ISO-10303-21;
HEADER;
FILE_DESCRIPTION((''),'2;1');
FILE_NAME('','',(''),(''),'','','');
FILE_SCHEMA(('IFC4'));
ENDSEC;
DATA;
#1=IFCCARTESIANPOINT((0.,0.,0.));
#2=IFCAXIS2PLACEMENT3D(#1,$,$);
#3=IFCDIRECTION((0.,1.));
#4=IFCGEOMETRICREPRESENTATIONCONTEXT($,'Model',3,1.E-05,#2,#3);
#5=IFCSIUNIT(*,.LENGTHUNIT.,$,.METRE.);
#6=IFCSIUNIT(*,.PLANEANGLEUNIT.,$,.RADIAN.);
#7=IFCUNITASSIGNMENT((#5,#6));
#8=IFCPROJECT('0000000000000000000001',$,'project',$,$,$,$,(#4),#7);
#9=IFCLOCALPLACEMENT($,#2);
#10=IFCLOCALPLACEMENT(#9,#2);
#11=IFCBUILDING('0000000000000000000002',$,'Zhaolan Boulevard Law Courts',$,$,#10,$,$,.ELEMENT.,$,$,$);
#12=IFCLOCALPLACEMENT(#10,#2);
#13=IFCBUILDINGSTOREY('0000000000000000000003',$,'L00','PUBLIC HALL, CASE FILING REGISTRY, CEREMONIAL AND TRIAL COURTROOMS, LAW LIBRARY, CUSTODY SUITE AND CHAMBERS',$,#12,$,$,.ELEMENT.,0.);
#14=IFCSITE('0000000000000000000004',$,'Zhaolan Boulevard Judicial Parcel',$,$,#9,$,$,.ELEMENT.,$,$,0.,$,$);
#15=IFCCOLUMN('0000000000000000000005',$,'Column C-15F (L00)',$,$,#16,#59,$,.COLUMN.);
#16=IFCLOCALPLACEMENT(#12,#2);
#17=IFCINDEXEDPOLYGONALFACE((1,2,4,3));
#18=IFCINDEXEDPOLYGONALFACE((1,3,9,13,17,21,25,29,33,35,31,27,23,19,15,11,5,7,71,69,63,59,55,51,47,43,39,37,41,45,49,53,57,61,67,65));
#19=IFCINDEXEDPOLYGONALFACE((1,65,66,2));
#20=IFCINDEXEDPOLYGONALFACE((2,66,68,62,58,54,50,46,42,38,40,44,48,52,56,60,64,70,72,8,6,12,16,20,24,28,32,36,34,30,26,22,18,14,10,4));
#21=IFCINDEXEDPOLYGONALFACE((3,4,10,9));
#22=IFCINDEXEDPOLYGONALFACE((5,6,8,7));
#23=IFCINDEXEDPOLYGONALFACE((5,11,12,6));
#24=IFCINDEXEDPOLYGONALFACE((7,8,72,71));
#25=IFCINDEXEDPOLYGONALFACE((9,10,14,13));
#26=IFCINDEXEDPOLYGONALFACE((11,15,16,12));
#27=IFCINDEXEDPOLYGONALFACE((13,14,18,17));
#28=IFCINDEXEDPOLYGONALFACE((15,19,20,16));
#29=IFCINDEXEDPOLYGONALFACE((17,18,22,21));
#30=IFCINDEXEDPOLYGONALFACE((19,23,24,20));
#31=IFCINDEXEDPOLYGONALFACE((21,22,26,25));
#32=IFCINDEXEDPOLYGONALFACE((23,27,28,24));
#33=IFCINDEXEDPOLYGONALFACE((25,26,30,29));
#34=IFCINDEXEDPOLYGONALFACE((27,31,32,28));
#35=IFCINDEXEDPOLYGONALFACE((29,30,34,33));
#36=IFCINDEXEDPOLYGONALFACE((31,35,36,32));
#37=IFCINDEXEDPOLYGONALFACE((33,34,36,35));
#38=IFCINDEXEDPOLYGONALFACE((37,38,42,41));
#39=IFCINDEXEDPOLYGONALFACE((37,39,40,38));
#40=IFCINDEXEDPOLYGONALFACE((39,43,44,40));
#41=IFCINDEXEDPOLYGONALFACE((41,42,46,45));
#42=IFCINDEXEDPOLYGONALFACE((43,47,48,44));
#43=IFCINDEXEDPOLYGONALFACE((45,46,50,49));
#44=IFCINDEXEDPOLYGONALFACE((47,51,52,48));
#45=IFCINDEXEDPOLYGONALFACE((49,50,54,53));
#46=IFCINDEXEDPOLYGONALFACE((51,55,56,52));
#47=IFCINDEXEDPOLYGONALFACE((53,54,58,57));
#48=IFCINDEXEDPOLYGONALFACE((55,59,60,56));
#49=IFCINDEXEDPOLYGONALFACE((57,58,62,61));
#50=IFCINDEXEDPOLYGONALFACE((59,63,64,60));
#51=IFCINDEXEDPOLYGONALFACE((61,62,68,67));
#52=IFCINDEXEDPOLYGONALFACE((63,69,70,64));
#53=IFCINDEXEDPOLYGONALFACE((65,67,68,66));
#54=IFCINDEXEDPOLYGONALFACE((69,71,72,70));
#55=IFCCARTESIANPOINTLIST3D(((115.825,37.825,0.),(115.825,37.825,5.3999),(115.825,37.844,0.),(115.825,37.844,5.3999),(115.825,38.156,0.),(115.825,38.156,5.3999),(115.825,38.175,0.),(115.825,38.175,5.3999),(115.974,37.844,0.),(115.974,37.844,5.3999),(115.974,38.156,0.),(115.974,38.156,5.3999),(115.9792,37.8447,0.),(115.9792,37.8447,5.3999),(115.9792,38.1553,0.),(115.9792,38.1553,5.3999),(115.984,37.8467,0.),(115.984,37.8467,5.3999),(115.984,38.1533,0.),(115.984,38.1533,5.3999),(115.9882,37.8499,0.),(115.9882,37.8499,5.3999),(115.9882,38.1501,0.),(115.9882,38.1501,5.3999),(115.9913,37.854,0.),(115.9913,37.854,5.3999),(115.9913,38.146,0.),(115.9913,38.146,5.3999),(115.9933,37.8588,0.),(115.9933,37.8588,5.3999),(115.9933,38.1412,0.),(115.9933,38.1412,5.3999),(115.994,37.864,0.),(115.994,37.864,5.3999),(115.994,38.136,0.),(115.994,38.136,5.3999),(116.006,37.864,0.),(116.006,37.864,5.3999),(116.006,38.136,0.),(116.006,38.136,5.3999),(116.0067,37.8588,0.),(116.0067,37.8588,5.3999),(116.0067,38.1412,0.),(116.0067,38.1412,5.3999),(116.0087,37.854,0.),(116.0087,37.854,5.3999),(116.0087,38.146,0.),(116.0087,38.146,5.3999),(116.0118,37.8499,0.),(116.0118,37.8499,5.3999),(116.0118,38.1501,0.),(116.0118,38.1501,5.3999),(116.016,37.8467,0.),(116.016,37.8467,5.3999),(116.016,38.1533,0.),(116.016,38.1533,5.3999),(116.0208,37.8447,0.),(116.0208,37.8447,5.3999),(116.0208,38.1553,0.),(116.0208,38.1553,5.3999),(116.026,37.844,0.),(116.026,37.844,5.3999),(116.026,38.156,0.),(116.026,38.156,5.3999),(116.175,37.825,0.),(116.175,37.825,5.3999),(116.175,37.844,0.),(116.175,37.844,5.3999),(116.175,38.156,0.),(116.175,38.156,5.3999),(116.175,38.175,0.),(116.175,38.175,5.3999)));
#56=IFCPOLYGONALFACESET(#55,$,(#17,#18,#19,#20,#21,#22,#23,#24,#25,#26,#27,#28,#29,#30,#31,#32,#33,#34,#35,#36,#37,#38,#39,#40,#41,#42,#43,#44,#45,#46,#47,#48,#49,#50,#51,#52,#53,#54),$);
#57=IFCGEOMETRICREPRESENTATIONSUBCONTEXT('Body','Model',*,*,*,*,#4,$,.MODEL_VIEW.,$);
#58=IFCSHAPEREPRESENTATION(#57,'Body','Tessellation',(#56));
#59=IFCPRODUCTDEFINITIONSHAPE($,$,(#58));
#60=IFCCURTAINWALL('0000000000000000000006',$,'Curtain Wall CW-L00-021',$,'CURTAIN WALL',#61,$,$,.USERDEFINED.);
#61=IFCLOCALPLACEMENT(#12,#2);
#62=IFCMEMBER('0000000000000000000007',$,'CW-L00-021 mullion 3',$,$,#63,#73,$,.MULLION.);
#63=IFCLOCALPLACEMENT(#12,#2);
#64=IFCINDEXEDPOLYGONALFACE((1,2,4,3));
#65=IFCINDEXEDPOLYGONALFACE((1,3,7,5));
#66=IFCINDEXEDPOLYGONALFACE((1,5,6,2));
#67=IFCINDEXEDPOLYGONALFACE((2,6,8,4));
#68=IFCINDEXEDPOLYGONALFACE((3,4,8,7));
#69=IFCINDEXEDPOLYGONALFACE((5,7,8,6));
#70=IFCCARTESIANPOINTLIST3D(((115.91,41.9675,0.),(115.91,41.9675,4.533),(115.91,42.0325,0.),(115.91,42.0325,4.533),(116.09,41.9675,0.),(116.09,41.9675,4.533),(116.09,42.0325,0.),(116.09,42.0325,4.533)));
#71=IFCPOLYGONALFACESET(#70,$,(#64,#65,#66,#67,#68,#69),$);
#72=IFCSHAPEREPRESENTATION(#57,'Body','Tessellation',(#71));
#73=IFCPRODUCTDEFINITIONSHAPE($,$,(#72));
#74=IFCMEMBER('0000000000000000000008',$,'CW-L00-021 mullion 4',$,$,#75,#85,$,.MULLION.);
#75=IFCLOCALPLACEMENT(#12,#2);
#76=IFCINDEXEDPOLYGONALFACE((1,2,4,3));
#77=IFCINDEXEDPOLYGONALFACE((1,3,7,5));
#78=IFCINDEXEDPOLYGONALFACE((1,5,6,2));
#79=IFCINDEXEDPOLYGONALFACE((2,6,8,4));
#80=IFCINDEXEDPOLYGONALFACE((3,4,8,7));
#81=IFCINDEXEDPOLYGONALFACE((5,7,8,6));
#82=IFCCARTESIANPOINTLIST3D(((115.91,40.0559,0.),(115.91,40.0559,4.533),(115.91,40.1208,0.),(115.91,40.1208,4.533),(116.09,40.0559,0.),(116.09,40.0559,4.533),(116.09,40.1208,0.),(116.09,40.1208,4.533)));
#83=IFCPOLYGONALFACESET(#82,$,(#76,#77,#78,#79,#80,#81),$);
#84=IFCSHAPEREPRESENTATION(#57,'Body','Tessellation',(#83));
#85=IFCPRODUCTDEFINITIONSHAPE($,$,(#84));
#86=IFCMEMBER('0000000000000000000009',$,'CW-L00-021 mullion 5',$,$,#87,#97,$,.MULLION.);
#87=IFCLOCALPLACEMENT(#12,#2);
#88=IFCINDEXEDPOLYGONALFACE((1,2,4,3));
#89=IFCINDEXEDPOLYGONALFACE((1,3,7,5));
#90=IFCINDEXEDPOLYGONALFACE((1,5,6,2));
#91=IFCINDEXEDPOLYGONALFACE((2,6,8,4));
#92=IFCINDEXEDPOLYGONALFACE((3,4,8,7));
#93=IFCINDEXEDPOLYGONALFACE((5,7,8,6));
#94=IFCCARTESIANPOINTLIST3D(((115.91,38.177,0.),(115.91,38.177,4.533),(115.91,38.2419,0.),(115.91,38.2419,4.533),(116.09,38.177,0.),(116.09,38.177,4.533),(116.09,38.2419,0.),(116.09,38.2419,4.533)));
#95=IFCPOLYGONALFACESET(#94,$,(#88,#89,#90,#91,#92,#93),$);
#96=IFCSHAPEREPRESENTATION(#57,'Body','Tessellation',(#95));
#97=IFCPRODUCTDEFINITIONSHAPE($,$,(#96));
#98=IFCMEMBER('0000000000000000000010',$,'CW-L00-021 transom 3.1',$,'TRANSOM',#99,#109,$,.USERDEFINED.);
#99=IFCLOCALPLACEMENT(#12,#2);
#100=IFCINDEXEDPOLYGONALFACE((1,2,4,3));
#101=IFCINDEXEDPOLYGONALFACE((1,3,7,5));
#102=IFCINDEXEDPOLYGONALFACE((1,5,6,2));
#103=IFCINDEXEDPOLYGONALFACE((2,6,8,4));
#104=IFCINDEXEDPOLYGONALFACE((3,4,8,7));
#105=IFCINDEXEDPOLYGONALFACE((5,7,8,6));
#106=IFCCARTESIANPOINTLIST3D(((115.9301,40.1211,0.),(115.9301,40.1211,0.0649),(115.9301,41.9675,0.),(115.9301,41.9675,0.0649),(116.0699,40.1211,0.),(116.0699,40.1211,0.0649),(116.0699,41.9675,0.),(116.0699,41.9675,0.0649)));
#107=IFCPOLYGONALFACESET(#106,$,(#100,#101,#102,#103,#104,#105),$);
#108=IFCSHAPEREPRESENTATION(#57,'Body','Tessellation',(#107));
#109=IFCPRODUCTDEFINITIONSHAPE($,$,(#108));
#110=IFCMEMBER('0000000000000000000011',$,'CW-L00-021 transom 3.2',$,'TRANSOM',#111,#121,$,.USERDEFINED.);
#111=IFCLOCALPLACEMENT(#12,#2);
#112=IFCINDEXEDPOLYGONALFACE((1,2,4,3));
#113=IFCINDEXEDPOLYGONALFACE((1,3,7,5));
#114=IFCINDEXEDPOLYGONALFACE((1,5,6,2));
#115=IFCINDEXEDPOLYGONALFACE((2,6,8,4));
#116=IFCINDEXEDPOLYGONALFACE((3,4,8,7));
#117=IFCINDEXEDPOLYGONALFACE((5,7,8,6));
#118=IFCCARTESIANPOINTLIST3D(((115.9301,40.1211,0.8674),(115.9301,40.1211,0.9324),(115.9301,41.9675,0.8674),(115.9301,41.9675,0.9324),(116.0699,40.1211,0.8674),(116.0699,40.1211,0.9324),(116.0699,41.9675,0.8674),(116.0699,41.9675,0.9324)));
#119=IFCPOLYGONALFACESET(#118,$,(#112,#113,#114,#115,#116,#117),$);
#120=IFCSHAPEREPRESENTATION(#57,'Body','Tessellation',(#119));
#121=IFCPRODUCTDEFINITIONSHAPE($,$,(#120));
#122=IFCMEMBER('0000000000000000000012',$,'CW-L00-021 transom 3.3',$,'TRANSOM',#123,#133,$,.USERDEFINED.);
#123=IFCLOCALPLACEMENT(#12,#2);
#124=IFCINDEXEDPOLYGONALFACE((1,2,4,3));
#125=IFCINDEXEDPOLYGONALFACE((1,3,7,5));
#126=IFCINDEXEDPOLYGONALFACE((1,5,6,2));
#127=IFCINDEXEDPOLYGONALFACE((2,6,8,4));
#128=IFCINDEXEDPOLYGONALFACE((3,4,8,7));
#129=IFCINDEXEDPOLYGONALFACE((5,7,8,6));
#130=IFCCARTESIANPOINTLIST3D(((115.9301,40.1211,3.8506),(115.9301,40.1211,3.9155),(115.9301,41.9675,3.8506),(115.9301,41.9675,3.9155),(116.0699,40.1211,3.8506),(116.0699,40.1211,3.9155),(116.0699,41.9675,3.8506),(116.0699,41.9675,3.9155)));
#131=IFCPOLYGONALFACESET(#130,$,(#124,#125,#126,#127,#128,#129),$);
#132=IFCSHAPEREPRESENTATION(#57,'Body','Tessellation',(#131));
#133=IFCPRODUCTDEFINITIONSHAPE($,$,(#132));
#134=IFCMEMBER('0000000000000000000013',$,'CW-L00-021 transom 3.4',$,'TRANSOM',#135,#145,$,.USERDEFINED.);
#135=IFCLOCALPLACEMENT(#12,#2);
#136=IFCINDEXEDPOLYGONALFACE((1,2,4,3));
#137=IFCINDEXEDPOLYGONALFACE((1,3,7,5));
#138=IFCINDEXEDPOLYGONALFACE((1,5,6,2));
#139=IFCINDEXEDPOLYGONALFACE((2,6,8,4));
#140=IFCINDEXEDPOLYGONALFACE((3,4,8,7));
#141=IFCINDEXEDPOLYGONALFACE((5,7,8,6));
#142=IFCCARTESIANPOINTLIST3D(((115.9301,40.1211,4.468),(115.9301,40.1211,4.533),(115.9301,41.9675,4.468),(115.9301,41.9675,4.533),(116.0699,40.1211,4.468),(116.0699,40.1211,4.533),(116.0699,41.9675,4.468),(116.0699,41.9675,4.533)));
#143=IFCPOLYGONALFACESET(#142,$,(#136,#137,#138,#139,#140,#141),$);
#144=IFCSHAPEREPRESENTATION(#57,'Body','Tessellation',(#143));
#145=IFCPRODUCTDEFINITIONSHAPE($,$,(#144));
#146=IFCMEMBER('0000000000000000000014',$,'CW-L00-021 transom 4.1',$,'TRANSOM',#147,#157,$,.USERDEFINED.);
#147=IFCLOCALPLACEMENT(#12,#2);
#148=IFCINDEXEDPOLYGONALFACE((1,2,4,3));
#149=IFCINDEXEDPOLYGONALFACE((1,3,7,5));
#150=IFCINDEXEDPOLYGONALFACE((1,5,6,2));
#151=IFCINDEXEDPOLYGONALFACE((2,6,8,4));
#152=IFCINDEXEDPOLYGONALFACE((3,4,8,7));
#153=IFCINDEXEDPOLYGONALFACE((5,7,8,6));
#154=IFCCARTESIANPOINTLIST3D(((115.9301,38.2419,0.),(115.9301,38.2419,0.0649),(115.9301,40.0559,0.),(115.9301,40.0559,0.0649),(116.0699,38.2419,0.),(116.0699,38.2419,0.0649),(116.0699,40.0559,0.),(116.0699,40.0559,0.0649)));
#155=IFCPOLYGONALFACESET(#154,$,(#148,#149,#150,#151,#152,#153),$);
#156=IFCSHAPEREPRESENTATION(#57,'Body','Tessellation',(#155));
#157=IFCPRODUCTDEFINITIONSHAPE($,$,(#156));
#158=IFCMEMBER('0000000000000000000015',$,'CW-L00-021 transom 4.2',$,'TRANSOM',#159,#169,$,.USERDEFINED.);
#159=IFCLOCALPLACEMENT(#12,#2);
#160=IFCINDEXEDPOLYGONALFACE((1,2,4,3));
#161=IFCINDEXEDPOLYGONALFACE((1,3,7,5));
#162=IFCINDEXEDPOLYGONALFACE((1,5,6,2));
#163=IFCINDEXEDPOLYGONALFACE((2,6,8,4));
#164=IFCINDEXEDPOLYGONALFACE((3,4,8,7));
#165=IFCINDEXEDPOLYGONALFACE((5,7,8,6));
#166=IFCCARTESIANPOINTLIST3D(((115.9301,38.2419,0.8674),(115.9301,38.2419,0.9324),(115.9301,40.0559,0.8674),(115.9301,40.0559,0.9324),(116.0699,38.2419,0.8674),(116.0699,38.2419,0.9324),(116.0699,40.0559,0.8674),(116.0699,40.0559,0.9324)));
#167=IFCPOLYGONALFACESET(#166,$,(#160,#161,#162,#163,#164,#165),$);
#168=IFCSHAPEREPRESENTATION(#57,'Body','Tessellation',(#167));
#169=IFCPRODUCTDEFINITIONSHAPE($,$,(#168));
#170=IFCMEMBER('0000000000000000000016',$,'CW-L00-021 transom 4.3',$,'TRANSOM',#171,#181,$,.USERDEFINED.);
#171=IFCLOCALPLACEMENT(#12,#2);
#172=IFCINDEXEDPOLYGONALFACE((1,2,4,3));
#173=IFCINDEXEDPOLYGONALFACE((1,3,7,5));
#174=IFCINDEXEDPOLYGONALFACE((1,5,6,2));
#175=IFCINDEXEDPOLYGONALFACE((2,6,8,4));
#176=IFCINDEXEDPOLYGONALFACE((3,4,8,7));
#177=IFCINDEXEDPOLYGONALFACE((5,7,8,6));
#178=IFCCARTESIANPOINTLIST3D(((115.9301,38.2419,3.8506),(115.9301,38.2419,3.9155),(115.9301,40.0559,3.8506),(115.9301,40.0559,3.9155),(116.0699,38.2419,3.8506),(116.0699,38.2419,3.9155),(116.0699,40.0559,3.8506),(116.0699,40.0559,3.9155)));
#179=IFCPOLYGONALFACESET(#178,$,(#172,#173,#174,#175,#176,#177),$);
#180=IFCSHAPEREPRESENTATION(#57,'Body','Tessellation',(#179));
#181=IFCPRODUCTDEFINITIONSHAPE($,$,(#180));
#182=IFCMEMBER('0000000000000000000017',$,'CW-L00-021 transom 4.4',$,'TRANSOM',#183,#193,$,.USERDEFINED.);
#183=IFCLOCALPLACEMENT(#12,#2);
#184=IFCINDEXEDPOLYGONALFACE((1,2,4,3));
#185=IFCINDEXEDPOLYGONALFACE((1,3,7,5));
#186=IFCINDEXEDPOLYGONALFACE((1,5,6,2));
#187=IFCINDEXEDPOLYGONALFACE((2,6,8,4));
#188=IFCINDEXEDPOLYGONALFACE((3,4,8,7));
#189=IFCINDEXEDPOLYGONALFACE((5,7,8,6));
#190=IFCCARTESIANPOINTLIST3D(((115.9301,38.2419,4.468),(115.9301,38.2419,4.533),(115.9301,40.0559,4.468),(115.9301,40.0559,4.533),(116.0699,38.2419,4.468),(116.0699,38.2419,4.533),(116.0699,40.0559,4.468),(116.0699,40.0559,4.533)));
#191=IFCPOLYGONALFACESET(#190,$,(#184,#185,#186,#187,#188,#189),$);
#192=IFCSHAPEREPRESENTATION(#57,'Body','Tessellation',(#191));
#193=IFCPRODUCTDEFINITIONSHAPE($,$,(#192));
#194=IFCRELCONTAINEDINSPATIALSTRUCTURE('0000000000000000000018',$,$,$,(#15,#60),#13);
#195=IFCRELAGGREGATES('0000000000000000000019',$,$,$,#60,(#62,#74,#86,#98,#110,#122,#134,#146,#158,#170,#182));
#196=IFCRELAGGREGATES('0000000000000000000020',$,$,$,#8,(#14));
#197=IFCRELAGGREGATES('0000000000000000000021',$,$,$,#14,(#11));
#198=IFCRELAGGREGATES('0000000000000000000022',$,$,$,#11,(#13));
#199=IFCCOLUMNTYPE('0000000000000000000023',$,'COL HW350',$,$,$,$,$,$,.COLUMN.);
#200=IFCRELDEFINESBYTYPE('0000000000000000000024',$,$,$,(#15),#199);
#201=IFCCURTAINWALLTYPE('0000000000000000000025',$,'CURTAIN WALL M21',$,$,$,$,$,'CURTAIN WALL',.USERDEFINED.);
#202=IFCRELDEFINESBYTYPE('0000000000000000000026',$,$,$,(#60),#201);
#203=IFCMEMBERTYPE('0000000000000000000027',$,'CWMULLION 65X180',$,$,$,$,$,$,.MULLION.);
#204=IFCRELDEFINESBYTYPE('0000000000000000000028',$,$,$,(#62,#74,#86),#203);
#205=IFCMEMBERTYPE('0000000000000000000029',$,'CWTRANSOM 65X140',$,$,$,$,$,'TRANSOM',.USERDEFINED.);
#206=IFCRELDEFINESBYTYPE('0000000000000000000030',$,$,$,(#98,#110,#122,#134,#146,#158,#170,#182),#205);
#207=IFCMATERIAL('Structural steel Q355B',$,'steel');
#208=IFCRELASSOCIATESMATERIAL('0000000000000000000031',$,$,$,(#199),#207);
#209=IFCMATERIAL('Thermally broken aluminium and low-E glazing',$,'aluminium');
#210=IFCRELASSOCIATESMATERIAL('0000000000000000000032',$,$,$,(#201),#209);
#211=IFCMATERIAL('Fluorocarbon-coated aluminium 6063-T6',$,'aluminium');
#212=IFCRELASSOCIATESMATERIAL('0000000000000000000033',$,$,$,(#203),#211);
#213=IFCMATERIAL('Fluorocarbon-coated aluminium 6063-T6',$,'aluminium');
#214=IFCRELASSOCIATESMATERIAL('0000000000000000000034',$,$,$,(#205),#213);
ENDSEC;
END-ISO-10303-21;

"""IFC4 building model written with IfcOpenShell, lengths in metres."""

from ifc_helpers import new_model, si_unit, direction, frame, origin, origin_2d, place, context, subcontext, project, spatial, rectangle, i_section, extrude, material, material_profile, profile_set, type_object, element, aggregate, save


model = new_model("IFC4")

# Units and contexts
model_context = context("Model", 3, precision=1e-05, world=origin(), true_north=direction((0.0, 1.0)))
body_context = subcontext(model_context, "Body", "Model", "MODEL_VIEW")
ifc_project = project(units=[si_unit("LENGTHUNIT", "METRE"), si_unit("PLANEANGLEUNIT", "RADIAN")], contexts=[model_context])

# Site, building, storey
site_placement = place(None, origin())
site = spatial("IfcSite", under=ifc_project, at=site_placement, Name="Zhaolan Boulevard Judicial Parcel", CompositionType="ELEMENT", RefElevation=0.0)
building_placement = place(site_placement, origin())
building = spatial("IfcBuilding", under=site, at=building_placement, Name="Zhaolan Boulevard Law Courts", CompositionType="ELEMENT")
storey_placement = place(building_placement, origin())
storey = spatial("IfcBuildingStorey", under=building, at=storey_placement, Name="L00", Description="PUBLIC HALL, CASE FILING REGISTRY, CEREMONIAL AND TRIAL COURTROOMS, LAW LIBRARY, CUSTODY SUITE AND CHAMBERS", CompositionType="ELEMENT", Elevation=0.0)

# Column
ifc_material_1 = material(Name="Structural steel Q355B", Category="steel")
ifc_material_profile_1 = material_profile(ifc_material_1, i_section(OverallWidth=0.3501, OverallDepth=0.3501, WebThickness=0.012, FlangeThickness=0.019, FilletRadius=0.02, at=origin_2d()), Name="HW350x350")
ifc_profile_set_1 = profile_set([ifc_material_profile_1], Name="Structural steel Q355B")
column_type = type_object("IfcColumnType", Name="COL HW350", PredefinedType="COLUMN", material=ifc_profile_set_1)
column_placement = place(storey_placement, frame((116.0, 38.0, 0.0), z_axis=(0.0, 0.0, 1.0), x_axis=(1.0, 0.0, 0.0)))
element("IfcColumn", 1, at=column_placement, inside=storey, type_object=column_type, Name="Column C-15F (L00)", PredefinedType="COLUMN", context=body_context, shape_type="SweptSolid", body=[
    extrude(i_section(OverallWidth=0.3501, OverallDepth=0.3501, WebThickness=0.012, FlangeThickness=0.019, FilletRadius=0.02, at=origin_2d()), origin(), (0.0, 0.0, 1.0), 5.3999),
])

# Curtain wall, members
ifc_material_2 = material(Name="Thermally broken aluminium and low-E glazing", Category="aluminium")
curtain_wall_type = type_object("IfcCurtainWallType", Name="CURTAIN WALL M21", ElementType="CURTAIN WALL", PredefinedType="USERDEFINED", material=ifc_material_2)
curtain_wall_placement = place(storey_placement, origin())
curtain_wall = element("IfcCurtainWall", 2, at=curtain_wall_placement, inside=storey, type_object=curtain_wall_type, Name="Curtain Wall CW-L00-021", ObjectType="CURTAIN WALL", PredefinedType="USERDEFINED")
ifc_material_3 = material(Name="Fluorocarbon-coated aluminium 6063-T6", Category="aluminium")
ifc_material_profile_2 = material_profile(ifc_material_3, rectangle(XDim=0.1799, YDim=0.0649, at=origin_2d()), Name="AL65x180")
ifc_profile_set_2 = profile_set([ifc_material_profile_2], Name="Fluorocarbon-coated aluminium 6063-T6")
member_type_1 = type_object("IfcMemberType", Name="CWMULLION 65X180", PredefinedType="MULLION", material=ifc_profile_set_2)
member_1_placement = place(storey_placement, frame((116.0, 42.0, 0.0), z_axis=(0.0, 0.0, 1.0), x_axis=(1.0, 0.0, 0.0)))
member_1 = element("IfcMember", 3, at=member_1_placement, type_object=member_type_1, Name="CW-L00-021 mullion 3", PredefinedType="MULLION", context=body_context, shape_type="SweptSolid", body=[
    extrude(rectangle(XDim=0.1799, YDim=0.0649, at=origin_2d()), origin(), (0.0, 0.0, 1.0), 4.533),
])
member_2_placement = place(storey_placement, frame((116.0, 40.0884, 0.0), z_axis=(0.0, 0.0, 1.0), x_axis=(1.0, 0.0, 0.0)))
member_2 = element("IfcMember", 4, at=member_2_placement, type_object=member_type_1, Name="CW-L00-021 mullion 4", PredefinedType="MULLION", context=body_context, shape_type="SweptSolid", body=[
    extrude(rectangle(XDim=0.1799, YDim=0.0649, at=origin_2d()), origin(), (0.0, 0.0, 1.0), 4.533),
])
member_3_placement = place(storey_placement, frame((116.0, 38.2095, 0.0), z_axis=(0.0, 0.0, 1.0), x_axis=(1.0, 0.0, 0.0)))
member_3 = element("IfcMember", 5, at=member_3_placement, type_object=member_type_1, Name="CW-L00-021 mullion 5", PredefinedType="MULLION", context=body_context, shape_type="SweptSolid", body=[
    extrude(rectangle(XDim=0.1799, YDim=0.0649, at=origin_2d()), origin(), (0.0, 0.0, 1.0), 4.533),
])
ifc_material_4 = material(Name="Fluorocarbon-coated aluminium 6063-T6", Category="aluminium")
ifc_material_profile_3 = material_profile(ifc_material_4, rectangle(XDim=0.1399, YDim=0.0649, at=origin_2d()), Name="AL65x140")
ifc_profile_set_3 = profile_set([ifc_material_profile_3], Name="Fluorocarbon-coated aluminium 6063-T6")
member_type_2 = type_object("IfcMemberType", Name="CWTRANSOM 65X140", ElementType="TRANSOM", PredefinedType="USERDEFINED", material=ifc_profile_set_3)
member_4_placement = place(storey_placement, frame((116.0, 41.9675, 0.0325), z_axis=(0.0, -1.0, 0.0), x_axis=(1.0, 0.0, 0.0)))
member_4 = element("IfcMember", 6, at=member_4_placement, type_object=member_type_2, Name="CW-L00-021 transom 3.1", ObjectType="TRANSOM", PredefinedType="USERDEFINED", context=body_context, shape_type="SweptSolid", body=[
    extrude(rectangle(XDim=0.1399, YDim=0.0649, at=origin_2d()), origin(), (0.0, 0.0, 1.0), 1.8464),
])
member_5_placement = place(storey_placement, frame((116.0, 41.9675, 0.8999), z_axis=(0.0, -1.0, 0.0), x_axis=(1.0, 0.0, 0.0)))
member_5 = element("IfcMember", 7, at=member_5_placement, type_object=member_type_2, Name="CW-L00-021 transom 3.2", ObjectType="TRANSOM", PredefinedType="USERDEFINED", context=body_context, shape_type="SweptSolid", body=[
    extrude(rectangle(XDim=0.1399, YDim=0.0649, at=origin_2d()), origin(), (0.0, 0.0, 1.0), 1.8464),
])
member_6_placement = place(storey_placement, frame((116.0, 41.9675, 3.8831), z_axis=(0.0, -1.0, 0.0), x_axis=(1.0, 0.0, 0.0)))
member_6 = element("IfcMember", 8, at=member_6_placement, type_object=member_type_2, Name="CW-L00-021 transom 3.3", ObjectType="TRANSOM", PredefinedType="USERDEFINED", context=body_context, shape_type="SweptSolid", body=[
    extrude(rectangle(XDim=0.1399, YDim=0.0649, at=origin_2d()), origin(), (0.0, 0.0, 1.0), 1.8464),
])
member_7_placement = place(storey_placement, frame((116.0, 41.9675, 4.5005), z_axis=(0.0, -1.0, 0.0), x_axis=(1.0, 0.0, 0.0)))
member_7 = element("IfcMember", 9, at=member_7_placement, type_object=member_type_2, Name="CW-L00-021 transom 3.4", ObjectType="TRANSOM", PredefinedType="USERDEFINED", context=body_context, shape_type="SweptSolid", body=[
    extrude(rectangle(XDim=0.1399, YDim=0.0649, at=origin_2d()), origin(), (0.0, 0.0, 1.0), 1.8464),
])
member_8_placement = place(storey_placement, frame((116.0, 40.0559, 0.0325), z_axis=(0.0, -1.0, 0.0), x_axis=(1.0, 0.0, 0.0)))
member_8 = element("IfcMember", 10, at=member_8_placement, type_object=member_type_2, Name="CW-L00-021 transom 4.1", ObjectType="TRANSOM", PredefinedType="USERDEFINED", context=body_context, shape_type="SweptSolid", body=[
    extrude(rectangle(XDim=0.1399, YDim=0.0649, at=origin_2d()), origin(), (0.0, 0.0, 1.0), 1.814),
])
member_9_placement = place(storey_placement, frame((116.0, 40.0559, 0.8999), z_axis=(0.0, -1.0, 0.0), x_axis=(1.0, 0.0, 0.0)))
member_9 = element("IfcMember", 11, at=member_9_placement, type_object=member_type_2, Name="CW-L00-021 transom 4.2", ObjectType="TRANSOM", PredefinedType="USERDEFINED", context=body_context, shape_type="SweptSolid", body=[
    extrude(rectangle(XDim=0.1399, YDim=0.0649, at=origin_2d()), origin(), (0.0, 0.0, 1.0), 1.814),
])
member_10_placement = place(storey_placement, frame((116.0, 40.0559, 3.8831), z_axis=(0.0, -1.0, 0.0), x_axis=(1.0, 0.0, 0.0)))
member_10 = element("IfcMember", 12, at=member_10_placement, type_object=member_type_2, Name="CW-L00-021 transom 4.3", ObjectType="TRANSOM", PredefinedType="USERDEFINED", context=body_context, shape_type="SweptSolid", body=[
    extrude(rectangle(XDim=0.1399, YDim=0.0649, at=origin_2d()), origin(), (0.0, 0.0, 1.0), 1.814),
])
member_11_placement = place(storey_placement, frame((116.0, 40.0559, 4.5005), z_axis=(0.0, -1.0, 0.0), x_axis=(1.0, 0.0, 0.0)))
member_11 = element("IfcMember", 13, at=member_11_placement, type_object=member_type_2, Name="CW-L00-021 transom 4.4", ObjectType="TRANSOM", PredefinedType="USERDEFINED", context=body_context, shape_type="SweptSolid", body=[
    extrude(rectangle(XDim=0.1399, YDim=0.0649, at=origin_2d()), origin(), (0.0, 0.0, 1.0), 1.814),
])

aggregate(curtain_wall, [member_1, member_2, member_3, member_4, member_5, member_6, member_7, member_8, member_9, member_10, member_11])

save(model, "model.ifc")
